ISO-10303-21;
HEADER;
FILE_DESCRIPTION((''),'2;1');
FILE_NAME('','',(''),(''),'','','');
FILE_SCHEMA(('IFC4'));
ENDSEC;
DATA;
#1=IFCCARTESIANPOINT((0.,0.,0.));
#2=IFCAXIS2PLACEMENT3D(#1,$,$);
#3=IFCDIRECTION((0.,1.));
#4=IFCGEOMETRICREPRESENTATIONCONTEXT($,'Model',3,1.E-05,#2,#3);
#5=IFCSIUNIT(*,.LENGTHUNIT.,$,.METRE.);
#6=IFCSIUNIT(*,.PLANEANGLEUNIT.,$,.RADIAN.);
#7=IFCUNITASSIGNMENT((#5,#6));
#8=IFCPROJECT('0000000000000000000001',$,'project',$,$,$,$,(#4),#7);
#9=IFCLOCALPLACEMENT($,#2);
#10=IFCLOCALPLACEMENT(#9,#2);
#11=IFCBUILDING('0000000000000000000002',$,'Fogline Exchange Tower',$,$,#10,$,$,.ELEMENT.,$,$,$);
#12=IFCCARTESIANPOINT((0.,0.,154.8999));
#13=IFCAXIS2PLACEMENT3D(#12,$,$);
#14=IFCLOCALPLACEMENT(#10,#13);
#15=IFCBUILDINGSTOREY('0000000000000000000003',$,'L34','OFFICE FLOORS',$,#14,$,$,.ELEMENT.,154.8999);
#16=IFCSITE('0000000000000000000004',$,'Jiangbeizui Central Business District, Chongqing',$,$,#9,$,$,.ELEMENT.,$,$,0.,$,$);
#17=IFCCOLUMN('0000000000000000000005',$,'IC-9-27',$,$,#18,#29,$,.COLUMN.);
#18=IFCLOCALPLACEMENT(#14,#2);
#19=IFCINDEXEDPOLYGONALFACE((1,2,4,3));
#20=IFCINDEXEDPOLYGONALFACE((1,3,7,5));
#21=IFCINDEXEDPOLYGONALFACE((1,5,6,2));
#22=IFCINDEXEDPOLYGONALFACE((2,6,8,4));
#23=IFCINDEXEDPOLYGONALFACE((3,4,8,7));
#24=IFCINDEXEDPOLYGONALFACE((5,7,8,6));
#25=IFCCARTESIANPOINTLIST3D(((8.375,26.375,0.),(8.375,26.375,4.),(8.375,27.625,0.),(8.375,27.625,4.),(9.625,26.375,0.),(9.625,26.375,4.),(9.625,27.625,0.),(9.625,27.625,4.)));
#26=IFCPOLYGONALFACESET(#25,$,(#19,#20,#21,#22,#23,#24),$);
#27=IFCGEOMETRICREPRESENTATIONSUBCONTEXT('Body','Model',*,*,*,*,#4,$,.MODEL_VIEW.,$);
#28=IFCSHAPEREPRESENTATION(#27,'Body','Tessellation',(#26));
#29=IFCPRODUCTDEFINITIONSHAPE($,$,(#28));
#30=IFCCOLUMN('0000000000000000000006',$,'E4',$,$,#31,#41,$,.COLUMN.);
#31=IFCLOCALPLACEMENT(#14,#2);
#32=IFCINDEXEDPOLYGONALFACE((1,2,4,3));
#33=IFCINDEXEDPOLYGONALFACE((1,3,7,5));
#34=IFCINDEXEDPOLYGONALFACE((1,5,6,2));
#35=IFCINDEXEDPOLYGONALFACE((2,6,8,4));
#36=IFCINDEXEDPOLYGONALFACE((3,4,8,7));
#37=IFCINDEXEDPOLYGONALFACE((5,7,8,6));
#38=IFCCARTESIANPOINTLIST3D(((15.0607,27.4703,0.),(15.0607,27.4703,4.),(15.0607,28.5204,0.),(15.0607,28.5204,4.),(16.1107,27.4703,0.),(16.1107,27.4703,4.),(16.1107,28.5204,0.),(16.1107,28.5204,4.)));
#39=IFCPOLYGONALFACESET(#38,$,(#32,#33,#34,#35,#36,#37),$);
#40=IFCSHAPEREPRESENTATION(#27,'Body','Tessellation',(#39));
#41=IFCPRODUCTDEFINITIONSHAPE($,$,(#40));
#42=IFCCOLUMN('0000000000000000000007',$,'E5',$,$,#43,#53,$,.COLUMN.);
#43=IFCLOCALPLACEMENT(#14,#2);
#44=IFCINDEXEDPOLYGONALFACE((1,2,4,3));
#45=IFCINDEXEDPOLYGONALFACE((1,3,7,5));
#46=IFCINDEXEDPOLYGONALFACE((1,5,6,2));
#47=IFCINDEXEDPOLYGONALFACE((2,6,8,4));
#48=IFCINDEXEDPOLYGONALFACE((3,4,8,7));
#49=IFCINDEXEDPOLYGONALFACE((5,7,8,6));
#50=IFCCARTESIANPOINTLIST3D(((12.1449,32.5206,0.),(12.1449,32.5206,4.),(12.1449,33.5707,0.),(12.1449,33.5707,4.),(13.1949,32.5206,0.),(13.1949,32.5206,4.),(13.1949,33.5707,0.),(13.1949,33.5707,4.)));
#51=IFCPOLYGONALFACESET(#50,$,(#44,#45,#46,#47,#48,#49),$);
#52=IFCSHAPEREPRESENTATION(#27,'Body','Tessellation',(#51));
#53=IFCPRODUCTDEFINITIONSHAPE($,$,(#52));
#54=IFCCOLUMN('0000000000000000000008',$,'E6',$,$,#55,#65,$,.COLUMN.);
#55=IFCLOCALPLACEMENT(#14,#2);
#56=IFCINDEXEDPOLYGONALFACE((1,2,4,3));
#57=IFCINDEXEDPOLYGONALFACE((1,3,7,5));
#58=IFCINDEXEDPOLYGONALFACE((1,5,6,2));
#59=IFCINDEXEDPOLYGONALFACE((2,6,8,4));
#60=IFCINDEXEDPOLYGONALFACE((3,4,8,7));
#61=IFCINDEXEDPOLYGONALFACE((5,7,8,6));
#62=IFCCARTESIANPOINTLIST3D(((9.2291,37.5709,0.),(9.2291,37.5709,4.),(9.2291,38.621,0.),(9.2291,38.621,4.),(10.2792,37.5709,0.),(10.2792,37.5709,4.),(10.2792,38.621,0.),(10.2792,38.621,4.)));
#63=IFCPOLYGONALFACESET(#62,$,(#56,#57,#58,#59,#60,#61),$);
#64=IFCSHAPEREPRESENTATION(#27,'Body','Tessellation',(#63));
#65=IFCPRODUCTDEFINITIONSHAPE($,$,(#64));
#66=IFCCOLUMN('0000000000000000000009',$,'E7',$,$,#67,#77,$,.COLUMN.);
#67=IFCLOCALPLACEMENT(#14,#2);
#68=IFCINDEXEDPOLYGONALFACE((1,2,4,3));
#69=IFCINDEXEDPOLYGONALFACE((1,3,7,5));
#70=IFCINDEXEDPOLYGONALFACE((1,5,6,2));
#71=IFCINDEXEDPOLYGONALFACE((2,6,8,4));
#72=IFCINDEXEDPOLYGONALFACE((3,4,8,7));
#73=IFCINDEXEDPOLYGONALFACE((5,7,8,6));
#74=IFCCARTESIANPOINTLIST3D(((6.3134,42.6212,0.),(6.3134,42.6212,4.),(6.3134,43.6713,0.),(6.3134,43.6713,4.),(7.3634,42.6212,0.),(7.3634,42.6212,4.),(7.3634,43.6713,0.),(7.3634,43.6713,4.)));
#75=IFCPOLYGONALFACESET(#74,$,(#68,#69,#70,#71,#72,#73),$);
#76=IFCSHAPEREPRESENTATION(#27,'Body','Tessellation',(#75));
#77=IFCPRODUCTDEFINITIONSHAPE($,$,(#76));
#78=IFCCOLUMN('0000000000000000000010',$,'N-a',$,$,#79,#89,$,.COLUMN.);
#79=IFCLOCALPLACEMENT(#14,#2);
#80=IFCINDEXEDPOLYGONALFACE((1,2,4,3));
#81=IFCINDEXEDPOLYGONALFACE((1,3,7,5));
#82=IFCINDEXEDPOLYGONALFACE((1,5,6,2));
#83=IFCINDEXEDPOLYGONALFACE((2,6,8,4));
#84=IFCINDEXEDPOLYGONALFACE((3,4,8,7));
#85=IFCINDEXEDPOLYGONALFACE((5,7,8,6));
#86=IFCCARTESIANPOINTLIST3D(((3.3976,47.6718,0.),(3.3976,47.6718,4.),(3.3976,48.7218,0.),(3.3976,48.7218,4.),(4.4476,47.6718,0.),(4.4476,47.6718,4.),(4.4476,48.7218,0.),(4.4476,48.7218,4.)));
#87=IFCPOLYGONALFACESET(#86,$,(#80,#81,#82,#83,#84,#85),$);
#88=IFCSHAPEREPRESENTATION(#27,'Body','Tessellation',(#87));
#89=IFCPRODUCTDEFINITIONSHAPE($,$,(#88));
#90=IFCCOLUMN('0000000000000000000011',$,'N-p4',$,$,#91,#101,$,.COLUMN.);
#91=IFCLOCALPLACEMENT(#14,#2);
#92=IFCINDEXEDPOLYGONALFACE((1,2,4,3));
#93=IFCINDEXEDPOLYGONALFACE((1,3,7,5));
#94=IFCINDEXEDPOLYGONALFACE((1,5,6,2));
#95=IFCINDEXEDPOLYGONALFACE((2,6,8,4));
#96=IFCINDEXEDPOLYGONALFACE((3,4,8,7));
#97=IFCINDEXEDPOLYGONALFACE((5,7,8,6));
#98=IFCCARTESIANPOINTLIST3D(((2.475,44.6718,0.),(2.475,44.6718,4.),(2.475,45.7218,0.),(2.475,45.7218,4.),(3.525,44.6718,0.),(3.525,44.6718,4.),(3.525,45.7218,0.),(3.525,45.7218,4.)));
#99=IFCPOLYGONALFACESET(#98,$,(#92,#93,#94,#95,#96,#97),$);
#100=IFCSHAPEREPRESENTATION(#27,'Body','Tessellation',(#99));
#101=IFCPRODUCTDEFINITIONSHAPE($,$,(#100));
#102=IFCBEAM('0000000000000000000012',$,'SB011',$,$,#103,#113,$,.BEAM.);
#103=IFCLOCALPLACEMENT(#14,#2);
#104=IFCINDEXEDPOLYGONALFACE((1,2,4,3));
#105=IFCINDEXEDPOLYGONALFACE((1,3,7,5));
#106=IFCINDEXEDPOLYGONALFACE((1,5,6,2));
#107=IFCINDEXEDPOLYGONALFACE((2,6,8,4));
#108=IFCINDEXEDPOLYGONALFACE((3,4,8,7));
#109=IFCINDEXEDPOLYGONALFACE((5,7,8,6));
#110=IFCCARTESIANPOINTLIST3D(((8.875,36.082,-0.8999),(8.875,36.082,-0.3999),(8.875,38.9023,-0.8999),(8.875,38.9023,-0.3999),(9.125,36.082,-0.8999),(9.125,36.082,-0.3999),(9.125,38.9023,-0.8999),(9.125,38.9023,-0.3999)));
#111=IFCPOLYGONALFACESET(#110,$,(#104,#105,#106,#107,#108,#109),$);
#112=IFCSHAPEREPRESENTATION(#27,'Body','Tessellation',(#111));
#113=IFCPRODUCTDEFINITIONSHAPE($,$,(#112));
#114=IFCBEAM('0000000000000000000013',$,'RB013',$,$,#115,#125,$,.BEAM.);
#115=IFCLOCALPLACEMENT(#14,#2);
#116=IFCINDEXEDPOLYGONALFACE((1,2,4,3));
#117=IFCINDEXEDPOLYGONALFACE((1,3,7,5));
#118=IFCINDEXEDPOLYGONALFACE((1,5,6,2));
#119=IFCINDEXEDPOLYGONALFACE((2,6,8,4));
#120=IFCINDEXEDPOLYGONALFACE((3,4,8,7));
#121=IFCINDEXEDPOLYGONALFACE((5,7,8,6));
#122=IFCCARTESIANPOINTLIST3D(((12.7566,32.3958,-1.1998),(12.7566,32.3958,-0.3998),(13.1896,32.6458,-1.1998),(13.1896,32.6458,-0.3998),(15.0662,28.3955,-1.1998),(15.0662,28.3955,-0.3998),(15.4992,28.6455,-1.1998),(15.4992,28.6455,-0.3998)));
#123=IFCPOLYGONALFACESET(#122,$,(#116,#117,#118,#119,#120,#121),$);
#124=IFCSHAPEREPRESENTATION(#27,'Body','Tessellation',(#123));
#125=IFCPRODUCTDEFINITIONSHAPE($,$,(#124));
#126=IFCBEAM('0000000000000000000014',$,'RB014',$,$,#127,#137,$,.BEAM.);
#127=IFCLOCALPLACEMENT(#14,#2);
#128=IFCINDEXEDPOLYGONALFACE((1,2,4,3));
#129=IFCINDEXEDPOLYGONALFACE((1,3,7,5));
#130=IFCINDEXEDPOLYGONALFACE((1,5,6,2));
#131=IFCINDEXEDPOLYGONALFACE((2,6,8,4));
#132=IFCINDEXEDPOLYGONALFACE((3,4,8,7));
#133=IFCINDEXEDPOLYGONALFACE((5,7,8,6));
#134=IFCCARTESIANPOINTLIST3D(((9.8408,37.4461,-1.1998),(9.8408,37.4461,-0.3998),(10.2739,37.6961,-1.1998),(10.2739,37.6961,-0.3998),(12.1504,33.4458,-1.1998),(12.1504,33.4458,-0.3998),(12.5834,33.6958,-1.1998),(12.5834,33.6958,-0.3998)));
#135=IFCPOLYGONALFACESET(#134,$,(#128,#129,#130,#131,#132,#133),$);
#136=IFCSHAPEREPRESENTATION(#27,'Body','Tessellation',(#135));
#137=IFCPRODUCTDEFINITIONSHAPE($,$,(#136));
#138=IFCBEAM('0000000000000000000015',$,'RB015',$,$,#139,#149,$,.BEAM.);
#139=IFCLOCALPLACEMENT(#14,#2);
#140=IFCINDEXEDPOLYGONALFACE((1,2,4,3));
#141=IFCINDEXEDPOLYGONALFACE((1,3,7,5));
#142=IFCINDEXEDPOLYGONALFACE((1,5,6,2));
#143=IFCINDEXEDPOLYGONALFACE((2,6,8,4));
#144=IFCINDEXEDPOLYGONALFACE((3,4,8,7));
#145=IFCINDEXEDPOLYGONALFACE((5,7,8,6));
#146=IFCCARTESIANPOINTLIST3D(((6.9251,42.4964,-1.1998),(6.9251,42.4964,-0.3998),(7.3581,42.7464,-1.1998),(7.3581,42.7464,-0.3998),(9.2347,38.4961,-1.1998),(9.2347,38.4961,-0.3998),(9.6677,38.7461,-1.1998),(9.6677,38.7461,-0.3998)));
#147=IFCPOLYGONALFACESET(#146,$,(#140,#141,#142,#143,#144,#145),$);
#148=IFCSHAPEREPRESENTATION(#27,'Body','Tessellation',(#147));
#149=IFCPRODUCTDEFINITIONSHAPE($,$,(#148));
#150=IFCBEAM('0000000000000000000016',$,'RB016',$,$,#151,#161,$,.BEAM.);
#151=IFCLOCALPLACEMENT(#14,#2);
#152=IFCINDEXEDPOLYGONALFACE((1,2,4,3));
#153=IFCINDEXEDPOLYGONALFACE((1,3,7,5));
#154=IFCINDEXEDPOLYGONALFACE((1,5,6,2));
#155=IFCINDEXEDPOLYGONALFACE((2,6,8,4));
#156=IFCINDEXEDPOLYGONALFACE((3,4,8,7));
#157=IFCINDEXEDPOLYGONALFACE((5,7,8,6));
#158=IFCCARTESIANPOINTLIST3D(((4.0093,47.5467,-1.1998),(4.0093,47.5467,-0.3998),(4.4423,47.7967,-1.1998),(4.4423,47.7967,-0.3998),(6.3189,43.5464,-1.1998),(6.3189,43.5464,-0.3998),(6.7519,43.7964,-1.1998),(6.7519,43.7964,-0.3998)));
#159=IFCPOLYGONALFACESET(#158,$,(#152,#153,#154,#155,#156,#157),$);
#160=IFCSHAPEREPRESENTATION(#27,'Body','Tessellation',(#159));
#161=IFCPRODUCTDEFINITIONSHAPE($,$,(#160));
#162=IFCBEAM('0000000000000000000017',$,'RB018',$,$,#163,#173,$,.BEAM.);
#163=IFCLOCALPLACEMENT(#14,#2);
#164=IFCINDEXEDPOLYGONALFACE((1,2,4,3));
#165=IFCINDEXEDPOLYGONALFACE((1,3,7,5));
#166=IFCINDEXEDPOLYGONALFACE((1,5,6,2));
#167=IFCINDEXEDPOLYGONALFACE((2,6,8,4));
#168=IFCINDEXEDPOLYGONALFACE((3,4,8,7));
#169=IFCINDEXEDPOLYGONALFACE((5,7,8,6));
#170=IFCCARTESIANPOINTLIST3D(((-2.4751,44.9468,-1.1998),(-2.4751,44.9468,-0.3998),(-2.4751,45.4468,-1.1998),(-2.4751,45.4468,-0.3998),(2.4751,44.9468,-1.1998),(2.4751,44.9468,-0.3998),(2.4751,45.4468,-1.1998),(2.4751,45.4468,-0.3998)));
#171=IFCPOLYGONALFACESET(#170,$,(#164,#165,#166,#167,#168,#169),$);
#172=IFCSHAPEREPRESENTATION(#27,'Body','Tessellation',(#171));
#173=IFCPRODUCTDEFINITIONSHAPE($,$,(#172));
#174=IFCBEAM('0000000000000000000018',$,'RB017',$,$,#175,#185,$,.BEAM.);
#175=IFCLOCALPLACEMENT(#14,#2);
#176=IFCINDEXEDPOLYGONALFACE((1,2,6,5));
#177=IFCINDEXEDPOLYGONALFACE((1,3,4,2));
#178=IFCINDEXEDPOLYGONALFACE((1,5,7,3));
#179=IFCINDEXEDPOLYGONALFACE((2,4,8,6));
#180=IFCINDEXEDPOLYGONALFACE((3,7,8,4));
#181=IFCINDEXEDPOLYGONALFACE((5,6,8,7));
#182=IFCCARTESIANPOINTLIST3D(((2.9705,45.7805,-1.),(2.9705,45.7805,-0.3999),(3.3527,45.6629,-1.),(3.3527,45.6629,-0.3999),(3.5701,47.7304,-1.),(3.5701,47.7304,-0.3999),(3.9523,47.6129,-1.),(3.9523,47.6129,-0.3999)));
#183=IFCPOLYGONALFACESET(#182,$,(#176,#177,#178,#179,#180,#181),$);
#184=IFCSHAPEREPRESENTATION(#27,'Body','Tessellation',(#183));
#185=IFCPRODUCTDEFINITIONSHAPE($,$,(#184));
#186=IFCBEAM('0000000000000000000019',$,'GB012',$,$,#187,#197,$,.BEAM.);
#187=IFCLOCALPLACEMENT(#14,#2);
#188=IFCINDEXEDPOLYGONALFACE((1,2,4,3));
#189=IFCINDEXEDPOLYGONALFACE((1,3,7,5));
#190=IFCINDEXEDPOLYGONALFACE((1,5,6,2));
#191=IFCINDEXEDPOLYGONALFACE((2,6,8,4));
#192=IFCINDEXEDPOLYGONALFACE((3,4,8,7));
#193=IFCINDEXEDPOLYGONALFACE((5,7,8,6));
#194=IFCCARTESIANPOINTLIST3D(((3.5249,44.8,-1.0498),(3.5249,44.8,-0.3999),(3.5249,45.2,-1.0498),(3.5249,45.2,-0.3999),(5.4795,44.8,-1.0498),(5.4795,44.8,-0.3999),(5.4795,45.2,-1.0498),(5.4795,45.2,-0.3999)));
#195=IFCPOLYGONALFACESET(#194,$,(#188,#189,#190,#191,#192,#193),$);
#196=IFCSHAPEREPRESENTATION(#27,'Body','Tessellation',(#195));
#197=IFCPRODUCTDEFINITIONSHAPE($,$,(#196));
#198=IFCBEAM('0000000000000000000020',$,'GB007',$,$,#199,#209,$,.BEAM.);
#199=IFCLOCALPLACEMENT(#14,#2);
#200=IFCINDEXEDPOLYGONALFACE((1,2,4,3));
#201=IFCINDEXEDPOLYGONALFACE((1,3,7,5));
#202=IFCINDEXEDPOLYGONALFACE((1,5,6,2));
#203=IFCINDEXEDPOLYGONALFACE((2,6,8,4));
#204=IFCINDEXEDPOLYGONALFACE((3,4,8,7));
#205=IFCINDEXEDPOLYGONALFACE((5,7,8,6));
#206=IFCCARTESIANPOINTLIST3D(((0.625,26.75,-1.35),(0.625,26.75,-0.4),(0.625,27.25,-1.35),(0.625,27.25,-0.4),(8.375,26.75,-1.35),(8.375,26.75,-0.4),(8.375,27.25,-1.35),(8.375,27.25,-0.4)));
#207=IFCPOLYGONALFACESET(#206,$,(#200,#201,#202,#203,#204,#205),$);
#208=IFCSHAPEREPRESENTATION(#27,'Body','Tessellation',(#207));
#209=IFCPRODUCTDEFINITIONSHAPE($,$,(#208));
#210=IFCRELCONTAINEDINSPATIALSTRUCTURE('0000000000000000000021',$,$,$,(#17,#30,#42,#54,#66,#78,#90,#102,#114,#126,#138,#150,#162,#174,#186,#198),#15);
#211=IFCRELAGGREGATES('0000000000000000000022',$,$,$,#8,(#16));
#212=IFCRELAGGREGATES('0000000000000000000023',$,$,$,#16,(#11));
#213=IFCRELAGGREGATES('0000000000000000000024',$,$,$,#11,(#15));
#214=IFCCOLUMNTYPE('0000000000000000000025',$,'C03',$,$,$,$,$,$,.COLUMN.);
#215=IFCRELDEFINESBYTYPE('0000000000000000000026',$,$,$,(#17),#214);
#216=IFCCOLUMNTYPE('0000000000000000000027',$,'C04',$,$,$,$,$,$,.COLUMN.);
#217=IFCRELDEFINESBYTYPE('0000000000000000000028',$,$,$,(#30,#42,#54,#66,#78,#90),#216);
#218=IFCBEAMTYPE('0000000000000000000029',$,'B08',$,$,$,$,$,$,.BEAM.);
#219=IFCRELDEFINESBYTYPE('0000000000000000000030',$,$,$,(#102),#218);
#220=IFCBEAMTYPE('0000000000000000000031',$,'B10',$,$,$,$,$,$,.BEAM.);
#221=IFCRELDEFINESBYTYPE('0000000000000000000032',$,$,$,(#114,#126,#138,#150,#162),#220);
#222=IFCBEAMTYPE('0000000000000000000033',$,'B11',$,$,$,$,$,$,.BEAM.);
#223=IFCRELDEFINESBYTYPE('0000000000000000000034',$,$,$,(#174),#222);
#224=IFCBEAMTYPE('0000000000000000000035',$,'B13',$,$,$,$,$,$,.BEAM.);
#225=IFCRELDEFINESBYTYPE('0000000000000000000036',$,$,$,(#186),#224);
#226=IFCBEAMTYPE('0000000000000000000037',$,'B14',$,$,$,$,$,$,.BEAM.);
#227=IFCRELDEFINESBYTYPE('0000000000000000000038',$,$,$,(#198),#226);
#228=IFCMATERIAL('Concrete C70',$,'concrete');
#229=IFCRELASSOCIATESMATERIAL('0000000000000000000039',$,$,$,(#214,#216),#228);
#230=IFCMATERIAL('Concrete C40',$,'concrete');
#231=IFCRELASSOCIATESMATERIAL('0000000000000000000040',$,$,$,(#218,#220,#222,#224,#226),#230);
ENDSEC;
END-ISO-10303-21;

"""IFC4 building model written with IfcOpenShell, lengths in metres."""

from ifc_helpers import new_model, si_unit, direction, frame, origin, origin_2d, place, context, subcontext, project, spatial, rectangle, extrude, material, material_profile, profile_set, type_object, element, save


model = new_model("IFC4")

# Units and contexts
model_context = context("Model", 3, precision=1e-05, world=origin(), true_north=direction((0.0, 1.0)))
body_context = subcontext(model_context, "Body", "Model", "MODEL_VIEW")
ifc_project = project(units=[si_unit("LENGTHUNIT", "METRE"), si_unit("PLANEANGLEUNIT", "RADIAN")], contexts=[model_context])

# Site, building, storey
site_placement = place(None, origin())
site = spatial("IfcSite", under=ifc_project, at=site_placement, Name="Jiangbeizui Central Business District, Chongqing", CompositionType="ELEMENT", RefElevation=0.0)
building_placement = place(site_placement, origin())
building = spatial("IfcBuilding", under=site, at=building_placement, Name="Fogline Exchange Tower", CompositionType="ELEMENT")
storey_placement = place(building_placement, frame((0.0, 0.0, 154.8999)))
storey = spatial("IfcBuildingStorey", under=building, at=storey_placement, Name="L34", Description="OFFICE FLOORS", CompositionType="ELEMENT", Elevation=154.8999)

# Columns
ifc_material_1 = material(Name="Concrete C70", Category="concrete")
ifc_material_profile_1 = material_profile(ifc_material_1, rectangle(XDim=1.25, YDim=1.25, at=origin_2d()), Name="RC 1250x1250")
ifc_profile_set_1 = profile_set([ifc_material_profile_1], Name="Concrete C70")
column_type_1 = type_object("IfcColumnType", Name="C03", PredefinedType="COLUMN", material=ifc_profile_set_1)
column_placement = place(storey_placement, frame((9.0, 27.0, 0.0), z_axis=(0.0, 0.0, 1.0), x_axis=(1.0, 0.0, 0.0)))
element("IfcColumn", 1, at=column_placement, inside=storey, type_object=column_type_1, Name="IC-9-27", PredefinedType="COLUMN", context=body_context, shape_type="SweptSolid", body=[
    extrude(rectangle(XDim=1.25, YDim=1.25, at=origin_2d()), origin(), (0.0, 0.0, 1.0), 4.0),
])
ifc_material_profile_2 = material_profile(ifc_material_1, rectangle(XDim=1.05, YDim=1.05, at=origin_2d()), Name="RC 1050x1050")
ifc_profile_set_2 = profile_set([ifc_material_profile_2], Name="Concrete C70")
column_type_2 = type_object("IfcColumnType", Name="C04", PredefinedType="COLUMN", material=ifc_profile_set_2)
for number, where, z_axis, x_axis, name in (
    (2, (15.5857, 27.9954, 0.0), (0.0, 0.0, 1.0), (1.0, 0.0, 0.0), "E4"),
    (3, (12.6699, 33.0457, 0.0), (0.0, 0.0, 1.0), (1.0, 0.0, 0.0), "E5"),
    (4, (9.7542, 38.0959, 0.0), (0.0, 0.0, 1.0), (1.0, 0.0, 0.0), "E6"),
    (5, (6.8384, 43.1462, 0.0), (0.0, 0.0, 1.0), (1.0, 0.0, 0.0), "E7"),
    (6, (3.9226, 48.1968, 0.0), (0.0, 0.0, 1.0), (1.0, 0.0, 0.0), "N-a"),
    (7, (3.0, 45.1968, 0.0), (0.0, 0.0, 1.0), (1.0, 0.0, 0.0), "N-p4"),
):
    element("IfcColumn", number, at=place(storey_placement, frame(where, z_axis=z_axis, x_axis=x_axis)), inside=storey, type_object=column_type_2, Name=name, PredefinedType="COLUMN", context=body_context, shape_type="SweptSolid", body=[
        extrude(rectangle(XDim=1.05, YDim=1.05, at=origin_2d()), origin(), (0.0, 0.0, 1.0), 4.0),
    ])

# Beams
ifc_material_2 = material(Name="Concrete C40", Category="concrete")
ifc_material_profile_3 = material_profile(ifc_material_2, rectangle(XDim=0.25, YDim=0.5, at=origin_2d()), Name="RC 250x500")
ifc_profile_set_3 = profile_set([ifc_material_profile_3], Name="Concrete C40")
beam_type_1 = type_object("IfcBeamType", Name="B08", PredefinedType="BEAM", material=ifc_profile_set_3)
beam_1_placement = place(storey_placement, frame((9.0, 36.082, -0.6499), z_axis=(0.0, 1.0, 0.0), x_axis=(-1.0, 0.0, 0.0)))
element("IfcBeam", 8, at=beam_1_placement, inside=storey, type_object=beam_type_1, Name="SB011", PredefinedType="BEAM", context=body_context, shape_type="SweptSolid", body=[
    extrude(rectangle(XDim=0.25, YDim=0.5, at=origin_2d()), origin(), (0.0, 0.0, 1.0), 2.8203),
])
ifc_material_profile_4 = material_profile(ifc_material_2, rectangle(XDim=0.5, YDim=0.8, at=origin_2d()), Name="RC 500x800")
ifc_profile_set_4 = profile_set([ifc_material_profile_4], Name="Concrete C40")
beam_type_2 = type_object("IfcBeamType", Name="B10", PredefinedType="BEAM", material=ifc_profile_set_4)
for number, where, z_axis, x_axis, name in (
    (9, (15.2827, 28.5205, -0.7998), (-0.500005, 0.866023, 0.0), (-0.866023, -0.500005, 0.0), "RB013"),
    (10, (12.3669, 33.5708, -0.7998), (-0.500005, 0.866023, 0.0), (-0.866023, -0.500005, 0.0), "RB014"),
    (11, (9.4512, 38.6211, -0.7998), (-0.500005, 0.866023, 0.0), (-0.866023, -0.500005, 0.0), "RB015"),
    (12, (6.5354, 43.6714, -0.7998), (-0.500005, 0.866023, 0.0), (-0.866023, -0.500005, 0.0), "RB016"),
):
    element("IfcBeam", number, at=place(storey_placement, frame(where, z_axis=z_axis, x_axis=x_axis)), inside=storey, type_object=beam_type_2, Name=name, PredefinedType="BEAM", context=body_context, shape_type="SweptSolid", body=[
        extrude(rectangle(XDim=0.5, YDim=0.8, at=origin_2d()), origin(), (0.0, 0.0, 1.0), 4.6191),
    ])
beam_2_placement = place(storey_placement, frame((2.4751, 45.1968, -0.7998), z_axis=(-1.0, 0.0, 0.0), x_axis=(0.0, -1.0, 0.0)))
element("IfcBeam", 13, at=beam_2_placement, inside=storey, type_object=beam_type_2, Name="RB018", PredefinedType="BEAM", context=body_context, shape_type="SweptSolid", body=[
    extrude(rectangle(XDim=0.5, YDim=0.8, at=origin_2d()), origin(), (0.0, 0.0, 1.0), 4.9502),
])
ifc_material_profile_5 = material_profile(ifc_material_2, rectangle(XDim=0.3999, YDim=0.6001, at=origin_2d()), Name="RC 400x600")
ifc_profile_set_5 = profile_set([ifc_material_profile_5], Name="Concrete C40")
beam_type_3 = type_object("IfcBeamType", Name="B11", PredefinedType="BEAM", material=ifc_profile_set_5)
beam_3_placement = place(storey_placement, frame((3.7612, 47.6716, -0.7), z_axis=(-0.293918, -0.955831, 0.0), x_axis=(0.955831, -0.293918, 0.0)))
element("IfcBeam", 14, at=beam_3_placement, inside=storey, type_object=beam_type_3, Name="RB017", PredefinedType="BEAM", context=body_context, shape_type="SweptSolid", body=[
    extrude(rectangle(XDim=0.3999, YDim=0.6001, at=origin_2d()), origin(), (0.0, 0.0, 1.0), 2.04),
])
ifc_material_profile_6 = material_profile(ifc_material_2, rectangle(XDim=0.3999, YDim=0.6499, at=origin_2d()), Name="RC 400x650")
ifc_profile_set_6 = profile_set([ifc_material_profile_6], Name="Concrete C40")
beam_type_4 = type_object("IfcBeamType", Name="B13", PredefinedType="BEAM", material=ifc_profile_set_6)
beam_4_placement = place(storey_placement, frame((3.5249, 45.0, -0.7249), z_axis=(1.0, 0.0, 0.0), x_axis=(0.0, 1.0, 0.0)))
element("IfcBeam", 15, at=beam_4_placement, inside=storey, type_object=beam_type_4, Name="GB012", PredefinedType="BEAM", context=body_context, shape_type="SweptSolid", body=[
    extrude(rectangle(XDim=0.3999, YDim=0.6499, at=origin_2d()), origin(), (0.0, 0.0, 1.0), 1.9546),
])
ifc_material_profile_7 = material_profile(ifc_material_2, rectangle(XDim=0.5, YDim=0.95, at=origin_2d()), Name="RC 500x950")
ifc_profile_set_7 = profile_set([ifc_material_profile_7], Name="Concrete C40")
beam_type_5 = type_object("IfcBeamType", Name="B14", PredefinedType="BEAM", material=ifc_profile_set_7)
beam_5_placement = place(storey_placement, frame((0.625, 27.0, -0.875), z_axis=(1.0, 0.0, 0.0), x_axis=(0.0, 1.0, 0.0)))
element("IfcBeam", 16, at=beam_5_placement, inside=storey, type_object=beam_type_5, Name="GB007", PredefinedType="BEAM", context=body_context, shape_type="SweptSolid", body=[
    extrude(rectangle(XDim=0.5, YDim=0.95, at=origin_2d()), origin(), (0.0, 0.0, 1.0), 7.75),
])

save(model, "model.ifc")
